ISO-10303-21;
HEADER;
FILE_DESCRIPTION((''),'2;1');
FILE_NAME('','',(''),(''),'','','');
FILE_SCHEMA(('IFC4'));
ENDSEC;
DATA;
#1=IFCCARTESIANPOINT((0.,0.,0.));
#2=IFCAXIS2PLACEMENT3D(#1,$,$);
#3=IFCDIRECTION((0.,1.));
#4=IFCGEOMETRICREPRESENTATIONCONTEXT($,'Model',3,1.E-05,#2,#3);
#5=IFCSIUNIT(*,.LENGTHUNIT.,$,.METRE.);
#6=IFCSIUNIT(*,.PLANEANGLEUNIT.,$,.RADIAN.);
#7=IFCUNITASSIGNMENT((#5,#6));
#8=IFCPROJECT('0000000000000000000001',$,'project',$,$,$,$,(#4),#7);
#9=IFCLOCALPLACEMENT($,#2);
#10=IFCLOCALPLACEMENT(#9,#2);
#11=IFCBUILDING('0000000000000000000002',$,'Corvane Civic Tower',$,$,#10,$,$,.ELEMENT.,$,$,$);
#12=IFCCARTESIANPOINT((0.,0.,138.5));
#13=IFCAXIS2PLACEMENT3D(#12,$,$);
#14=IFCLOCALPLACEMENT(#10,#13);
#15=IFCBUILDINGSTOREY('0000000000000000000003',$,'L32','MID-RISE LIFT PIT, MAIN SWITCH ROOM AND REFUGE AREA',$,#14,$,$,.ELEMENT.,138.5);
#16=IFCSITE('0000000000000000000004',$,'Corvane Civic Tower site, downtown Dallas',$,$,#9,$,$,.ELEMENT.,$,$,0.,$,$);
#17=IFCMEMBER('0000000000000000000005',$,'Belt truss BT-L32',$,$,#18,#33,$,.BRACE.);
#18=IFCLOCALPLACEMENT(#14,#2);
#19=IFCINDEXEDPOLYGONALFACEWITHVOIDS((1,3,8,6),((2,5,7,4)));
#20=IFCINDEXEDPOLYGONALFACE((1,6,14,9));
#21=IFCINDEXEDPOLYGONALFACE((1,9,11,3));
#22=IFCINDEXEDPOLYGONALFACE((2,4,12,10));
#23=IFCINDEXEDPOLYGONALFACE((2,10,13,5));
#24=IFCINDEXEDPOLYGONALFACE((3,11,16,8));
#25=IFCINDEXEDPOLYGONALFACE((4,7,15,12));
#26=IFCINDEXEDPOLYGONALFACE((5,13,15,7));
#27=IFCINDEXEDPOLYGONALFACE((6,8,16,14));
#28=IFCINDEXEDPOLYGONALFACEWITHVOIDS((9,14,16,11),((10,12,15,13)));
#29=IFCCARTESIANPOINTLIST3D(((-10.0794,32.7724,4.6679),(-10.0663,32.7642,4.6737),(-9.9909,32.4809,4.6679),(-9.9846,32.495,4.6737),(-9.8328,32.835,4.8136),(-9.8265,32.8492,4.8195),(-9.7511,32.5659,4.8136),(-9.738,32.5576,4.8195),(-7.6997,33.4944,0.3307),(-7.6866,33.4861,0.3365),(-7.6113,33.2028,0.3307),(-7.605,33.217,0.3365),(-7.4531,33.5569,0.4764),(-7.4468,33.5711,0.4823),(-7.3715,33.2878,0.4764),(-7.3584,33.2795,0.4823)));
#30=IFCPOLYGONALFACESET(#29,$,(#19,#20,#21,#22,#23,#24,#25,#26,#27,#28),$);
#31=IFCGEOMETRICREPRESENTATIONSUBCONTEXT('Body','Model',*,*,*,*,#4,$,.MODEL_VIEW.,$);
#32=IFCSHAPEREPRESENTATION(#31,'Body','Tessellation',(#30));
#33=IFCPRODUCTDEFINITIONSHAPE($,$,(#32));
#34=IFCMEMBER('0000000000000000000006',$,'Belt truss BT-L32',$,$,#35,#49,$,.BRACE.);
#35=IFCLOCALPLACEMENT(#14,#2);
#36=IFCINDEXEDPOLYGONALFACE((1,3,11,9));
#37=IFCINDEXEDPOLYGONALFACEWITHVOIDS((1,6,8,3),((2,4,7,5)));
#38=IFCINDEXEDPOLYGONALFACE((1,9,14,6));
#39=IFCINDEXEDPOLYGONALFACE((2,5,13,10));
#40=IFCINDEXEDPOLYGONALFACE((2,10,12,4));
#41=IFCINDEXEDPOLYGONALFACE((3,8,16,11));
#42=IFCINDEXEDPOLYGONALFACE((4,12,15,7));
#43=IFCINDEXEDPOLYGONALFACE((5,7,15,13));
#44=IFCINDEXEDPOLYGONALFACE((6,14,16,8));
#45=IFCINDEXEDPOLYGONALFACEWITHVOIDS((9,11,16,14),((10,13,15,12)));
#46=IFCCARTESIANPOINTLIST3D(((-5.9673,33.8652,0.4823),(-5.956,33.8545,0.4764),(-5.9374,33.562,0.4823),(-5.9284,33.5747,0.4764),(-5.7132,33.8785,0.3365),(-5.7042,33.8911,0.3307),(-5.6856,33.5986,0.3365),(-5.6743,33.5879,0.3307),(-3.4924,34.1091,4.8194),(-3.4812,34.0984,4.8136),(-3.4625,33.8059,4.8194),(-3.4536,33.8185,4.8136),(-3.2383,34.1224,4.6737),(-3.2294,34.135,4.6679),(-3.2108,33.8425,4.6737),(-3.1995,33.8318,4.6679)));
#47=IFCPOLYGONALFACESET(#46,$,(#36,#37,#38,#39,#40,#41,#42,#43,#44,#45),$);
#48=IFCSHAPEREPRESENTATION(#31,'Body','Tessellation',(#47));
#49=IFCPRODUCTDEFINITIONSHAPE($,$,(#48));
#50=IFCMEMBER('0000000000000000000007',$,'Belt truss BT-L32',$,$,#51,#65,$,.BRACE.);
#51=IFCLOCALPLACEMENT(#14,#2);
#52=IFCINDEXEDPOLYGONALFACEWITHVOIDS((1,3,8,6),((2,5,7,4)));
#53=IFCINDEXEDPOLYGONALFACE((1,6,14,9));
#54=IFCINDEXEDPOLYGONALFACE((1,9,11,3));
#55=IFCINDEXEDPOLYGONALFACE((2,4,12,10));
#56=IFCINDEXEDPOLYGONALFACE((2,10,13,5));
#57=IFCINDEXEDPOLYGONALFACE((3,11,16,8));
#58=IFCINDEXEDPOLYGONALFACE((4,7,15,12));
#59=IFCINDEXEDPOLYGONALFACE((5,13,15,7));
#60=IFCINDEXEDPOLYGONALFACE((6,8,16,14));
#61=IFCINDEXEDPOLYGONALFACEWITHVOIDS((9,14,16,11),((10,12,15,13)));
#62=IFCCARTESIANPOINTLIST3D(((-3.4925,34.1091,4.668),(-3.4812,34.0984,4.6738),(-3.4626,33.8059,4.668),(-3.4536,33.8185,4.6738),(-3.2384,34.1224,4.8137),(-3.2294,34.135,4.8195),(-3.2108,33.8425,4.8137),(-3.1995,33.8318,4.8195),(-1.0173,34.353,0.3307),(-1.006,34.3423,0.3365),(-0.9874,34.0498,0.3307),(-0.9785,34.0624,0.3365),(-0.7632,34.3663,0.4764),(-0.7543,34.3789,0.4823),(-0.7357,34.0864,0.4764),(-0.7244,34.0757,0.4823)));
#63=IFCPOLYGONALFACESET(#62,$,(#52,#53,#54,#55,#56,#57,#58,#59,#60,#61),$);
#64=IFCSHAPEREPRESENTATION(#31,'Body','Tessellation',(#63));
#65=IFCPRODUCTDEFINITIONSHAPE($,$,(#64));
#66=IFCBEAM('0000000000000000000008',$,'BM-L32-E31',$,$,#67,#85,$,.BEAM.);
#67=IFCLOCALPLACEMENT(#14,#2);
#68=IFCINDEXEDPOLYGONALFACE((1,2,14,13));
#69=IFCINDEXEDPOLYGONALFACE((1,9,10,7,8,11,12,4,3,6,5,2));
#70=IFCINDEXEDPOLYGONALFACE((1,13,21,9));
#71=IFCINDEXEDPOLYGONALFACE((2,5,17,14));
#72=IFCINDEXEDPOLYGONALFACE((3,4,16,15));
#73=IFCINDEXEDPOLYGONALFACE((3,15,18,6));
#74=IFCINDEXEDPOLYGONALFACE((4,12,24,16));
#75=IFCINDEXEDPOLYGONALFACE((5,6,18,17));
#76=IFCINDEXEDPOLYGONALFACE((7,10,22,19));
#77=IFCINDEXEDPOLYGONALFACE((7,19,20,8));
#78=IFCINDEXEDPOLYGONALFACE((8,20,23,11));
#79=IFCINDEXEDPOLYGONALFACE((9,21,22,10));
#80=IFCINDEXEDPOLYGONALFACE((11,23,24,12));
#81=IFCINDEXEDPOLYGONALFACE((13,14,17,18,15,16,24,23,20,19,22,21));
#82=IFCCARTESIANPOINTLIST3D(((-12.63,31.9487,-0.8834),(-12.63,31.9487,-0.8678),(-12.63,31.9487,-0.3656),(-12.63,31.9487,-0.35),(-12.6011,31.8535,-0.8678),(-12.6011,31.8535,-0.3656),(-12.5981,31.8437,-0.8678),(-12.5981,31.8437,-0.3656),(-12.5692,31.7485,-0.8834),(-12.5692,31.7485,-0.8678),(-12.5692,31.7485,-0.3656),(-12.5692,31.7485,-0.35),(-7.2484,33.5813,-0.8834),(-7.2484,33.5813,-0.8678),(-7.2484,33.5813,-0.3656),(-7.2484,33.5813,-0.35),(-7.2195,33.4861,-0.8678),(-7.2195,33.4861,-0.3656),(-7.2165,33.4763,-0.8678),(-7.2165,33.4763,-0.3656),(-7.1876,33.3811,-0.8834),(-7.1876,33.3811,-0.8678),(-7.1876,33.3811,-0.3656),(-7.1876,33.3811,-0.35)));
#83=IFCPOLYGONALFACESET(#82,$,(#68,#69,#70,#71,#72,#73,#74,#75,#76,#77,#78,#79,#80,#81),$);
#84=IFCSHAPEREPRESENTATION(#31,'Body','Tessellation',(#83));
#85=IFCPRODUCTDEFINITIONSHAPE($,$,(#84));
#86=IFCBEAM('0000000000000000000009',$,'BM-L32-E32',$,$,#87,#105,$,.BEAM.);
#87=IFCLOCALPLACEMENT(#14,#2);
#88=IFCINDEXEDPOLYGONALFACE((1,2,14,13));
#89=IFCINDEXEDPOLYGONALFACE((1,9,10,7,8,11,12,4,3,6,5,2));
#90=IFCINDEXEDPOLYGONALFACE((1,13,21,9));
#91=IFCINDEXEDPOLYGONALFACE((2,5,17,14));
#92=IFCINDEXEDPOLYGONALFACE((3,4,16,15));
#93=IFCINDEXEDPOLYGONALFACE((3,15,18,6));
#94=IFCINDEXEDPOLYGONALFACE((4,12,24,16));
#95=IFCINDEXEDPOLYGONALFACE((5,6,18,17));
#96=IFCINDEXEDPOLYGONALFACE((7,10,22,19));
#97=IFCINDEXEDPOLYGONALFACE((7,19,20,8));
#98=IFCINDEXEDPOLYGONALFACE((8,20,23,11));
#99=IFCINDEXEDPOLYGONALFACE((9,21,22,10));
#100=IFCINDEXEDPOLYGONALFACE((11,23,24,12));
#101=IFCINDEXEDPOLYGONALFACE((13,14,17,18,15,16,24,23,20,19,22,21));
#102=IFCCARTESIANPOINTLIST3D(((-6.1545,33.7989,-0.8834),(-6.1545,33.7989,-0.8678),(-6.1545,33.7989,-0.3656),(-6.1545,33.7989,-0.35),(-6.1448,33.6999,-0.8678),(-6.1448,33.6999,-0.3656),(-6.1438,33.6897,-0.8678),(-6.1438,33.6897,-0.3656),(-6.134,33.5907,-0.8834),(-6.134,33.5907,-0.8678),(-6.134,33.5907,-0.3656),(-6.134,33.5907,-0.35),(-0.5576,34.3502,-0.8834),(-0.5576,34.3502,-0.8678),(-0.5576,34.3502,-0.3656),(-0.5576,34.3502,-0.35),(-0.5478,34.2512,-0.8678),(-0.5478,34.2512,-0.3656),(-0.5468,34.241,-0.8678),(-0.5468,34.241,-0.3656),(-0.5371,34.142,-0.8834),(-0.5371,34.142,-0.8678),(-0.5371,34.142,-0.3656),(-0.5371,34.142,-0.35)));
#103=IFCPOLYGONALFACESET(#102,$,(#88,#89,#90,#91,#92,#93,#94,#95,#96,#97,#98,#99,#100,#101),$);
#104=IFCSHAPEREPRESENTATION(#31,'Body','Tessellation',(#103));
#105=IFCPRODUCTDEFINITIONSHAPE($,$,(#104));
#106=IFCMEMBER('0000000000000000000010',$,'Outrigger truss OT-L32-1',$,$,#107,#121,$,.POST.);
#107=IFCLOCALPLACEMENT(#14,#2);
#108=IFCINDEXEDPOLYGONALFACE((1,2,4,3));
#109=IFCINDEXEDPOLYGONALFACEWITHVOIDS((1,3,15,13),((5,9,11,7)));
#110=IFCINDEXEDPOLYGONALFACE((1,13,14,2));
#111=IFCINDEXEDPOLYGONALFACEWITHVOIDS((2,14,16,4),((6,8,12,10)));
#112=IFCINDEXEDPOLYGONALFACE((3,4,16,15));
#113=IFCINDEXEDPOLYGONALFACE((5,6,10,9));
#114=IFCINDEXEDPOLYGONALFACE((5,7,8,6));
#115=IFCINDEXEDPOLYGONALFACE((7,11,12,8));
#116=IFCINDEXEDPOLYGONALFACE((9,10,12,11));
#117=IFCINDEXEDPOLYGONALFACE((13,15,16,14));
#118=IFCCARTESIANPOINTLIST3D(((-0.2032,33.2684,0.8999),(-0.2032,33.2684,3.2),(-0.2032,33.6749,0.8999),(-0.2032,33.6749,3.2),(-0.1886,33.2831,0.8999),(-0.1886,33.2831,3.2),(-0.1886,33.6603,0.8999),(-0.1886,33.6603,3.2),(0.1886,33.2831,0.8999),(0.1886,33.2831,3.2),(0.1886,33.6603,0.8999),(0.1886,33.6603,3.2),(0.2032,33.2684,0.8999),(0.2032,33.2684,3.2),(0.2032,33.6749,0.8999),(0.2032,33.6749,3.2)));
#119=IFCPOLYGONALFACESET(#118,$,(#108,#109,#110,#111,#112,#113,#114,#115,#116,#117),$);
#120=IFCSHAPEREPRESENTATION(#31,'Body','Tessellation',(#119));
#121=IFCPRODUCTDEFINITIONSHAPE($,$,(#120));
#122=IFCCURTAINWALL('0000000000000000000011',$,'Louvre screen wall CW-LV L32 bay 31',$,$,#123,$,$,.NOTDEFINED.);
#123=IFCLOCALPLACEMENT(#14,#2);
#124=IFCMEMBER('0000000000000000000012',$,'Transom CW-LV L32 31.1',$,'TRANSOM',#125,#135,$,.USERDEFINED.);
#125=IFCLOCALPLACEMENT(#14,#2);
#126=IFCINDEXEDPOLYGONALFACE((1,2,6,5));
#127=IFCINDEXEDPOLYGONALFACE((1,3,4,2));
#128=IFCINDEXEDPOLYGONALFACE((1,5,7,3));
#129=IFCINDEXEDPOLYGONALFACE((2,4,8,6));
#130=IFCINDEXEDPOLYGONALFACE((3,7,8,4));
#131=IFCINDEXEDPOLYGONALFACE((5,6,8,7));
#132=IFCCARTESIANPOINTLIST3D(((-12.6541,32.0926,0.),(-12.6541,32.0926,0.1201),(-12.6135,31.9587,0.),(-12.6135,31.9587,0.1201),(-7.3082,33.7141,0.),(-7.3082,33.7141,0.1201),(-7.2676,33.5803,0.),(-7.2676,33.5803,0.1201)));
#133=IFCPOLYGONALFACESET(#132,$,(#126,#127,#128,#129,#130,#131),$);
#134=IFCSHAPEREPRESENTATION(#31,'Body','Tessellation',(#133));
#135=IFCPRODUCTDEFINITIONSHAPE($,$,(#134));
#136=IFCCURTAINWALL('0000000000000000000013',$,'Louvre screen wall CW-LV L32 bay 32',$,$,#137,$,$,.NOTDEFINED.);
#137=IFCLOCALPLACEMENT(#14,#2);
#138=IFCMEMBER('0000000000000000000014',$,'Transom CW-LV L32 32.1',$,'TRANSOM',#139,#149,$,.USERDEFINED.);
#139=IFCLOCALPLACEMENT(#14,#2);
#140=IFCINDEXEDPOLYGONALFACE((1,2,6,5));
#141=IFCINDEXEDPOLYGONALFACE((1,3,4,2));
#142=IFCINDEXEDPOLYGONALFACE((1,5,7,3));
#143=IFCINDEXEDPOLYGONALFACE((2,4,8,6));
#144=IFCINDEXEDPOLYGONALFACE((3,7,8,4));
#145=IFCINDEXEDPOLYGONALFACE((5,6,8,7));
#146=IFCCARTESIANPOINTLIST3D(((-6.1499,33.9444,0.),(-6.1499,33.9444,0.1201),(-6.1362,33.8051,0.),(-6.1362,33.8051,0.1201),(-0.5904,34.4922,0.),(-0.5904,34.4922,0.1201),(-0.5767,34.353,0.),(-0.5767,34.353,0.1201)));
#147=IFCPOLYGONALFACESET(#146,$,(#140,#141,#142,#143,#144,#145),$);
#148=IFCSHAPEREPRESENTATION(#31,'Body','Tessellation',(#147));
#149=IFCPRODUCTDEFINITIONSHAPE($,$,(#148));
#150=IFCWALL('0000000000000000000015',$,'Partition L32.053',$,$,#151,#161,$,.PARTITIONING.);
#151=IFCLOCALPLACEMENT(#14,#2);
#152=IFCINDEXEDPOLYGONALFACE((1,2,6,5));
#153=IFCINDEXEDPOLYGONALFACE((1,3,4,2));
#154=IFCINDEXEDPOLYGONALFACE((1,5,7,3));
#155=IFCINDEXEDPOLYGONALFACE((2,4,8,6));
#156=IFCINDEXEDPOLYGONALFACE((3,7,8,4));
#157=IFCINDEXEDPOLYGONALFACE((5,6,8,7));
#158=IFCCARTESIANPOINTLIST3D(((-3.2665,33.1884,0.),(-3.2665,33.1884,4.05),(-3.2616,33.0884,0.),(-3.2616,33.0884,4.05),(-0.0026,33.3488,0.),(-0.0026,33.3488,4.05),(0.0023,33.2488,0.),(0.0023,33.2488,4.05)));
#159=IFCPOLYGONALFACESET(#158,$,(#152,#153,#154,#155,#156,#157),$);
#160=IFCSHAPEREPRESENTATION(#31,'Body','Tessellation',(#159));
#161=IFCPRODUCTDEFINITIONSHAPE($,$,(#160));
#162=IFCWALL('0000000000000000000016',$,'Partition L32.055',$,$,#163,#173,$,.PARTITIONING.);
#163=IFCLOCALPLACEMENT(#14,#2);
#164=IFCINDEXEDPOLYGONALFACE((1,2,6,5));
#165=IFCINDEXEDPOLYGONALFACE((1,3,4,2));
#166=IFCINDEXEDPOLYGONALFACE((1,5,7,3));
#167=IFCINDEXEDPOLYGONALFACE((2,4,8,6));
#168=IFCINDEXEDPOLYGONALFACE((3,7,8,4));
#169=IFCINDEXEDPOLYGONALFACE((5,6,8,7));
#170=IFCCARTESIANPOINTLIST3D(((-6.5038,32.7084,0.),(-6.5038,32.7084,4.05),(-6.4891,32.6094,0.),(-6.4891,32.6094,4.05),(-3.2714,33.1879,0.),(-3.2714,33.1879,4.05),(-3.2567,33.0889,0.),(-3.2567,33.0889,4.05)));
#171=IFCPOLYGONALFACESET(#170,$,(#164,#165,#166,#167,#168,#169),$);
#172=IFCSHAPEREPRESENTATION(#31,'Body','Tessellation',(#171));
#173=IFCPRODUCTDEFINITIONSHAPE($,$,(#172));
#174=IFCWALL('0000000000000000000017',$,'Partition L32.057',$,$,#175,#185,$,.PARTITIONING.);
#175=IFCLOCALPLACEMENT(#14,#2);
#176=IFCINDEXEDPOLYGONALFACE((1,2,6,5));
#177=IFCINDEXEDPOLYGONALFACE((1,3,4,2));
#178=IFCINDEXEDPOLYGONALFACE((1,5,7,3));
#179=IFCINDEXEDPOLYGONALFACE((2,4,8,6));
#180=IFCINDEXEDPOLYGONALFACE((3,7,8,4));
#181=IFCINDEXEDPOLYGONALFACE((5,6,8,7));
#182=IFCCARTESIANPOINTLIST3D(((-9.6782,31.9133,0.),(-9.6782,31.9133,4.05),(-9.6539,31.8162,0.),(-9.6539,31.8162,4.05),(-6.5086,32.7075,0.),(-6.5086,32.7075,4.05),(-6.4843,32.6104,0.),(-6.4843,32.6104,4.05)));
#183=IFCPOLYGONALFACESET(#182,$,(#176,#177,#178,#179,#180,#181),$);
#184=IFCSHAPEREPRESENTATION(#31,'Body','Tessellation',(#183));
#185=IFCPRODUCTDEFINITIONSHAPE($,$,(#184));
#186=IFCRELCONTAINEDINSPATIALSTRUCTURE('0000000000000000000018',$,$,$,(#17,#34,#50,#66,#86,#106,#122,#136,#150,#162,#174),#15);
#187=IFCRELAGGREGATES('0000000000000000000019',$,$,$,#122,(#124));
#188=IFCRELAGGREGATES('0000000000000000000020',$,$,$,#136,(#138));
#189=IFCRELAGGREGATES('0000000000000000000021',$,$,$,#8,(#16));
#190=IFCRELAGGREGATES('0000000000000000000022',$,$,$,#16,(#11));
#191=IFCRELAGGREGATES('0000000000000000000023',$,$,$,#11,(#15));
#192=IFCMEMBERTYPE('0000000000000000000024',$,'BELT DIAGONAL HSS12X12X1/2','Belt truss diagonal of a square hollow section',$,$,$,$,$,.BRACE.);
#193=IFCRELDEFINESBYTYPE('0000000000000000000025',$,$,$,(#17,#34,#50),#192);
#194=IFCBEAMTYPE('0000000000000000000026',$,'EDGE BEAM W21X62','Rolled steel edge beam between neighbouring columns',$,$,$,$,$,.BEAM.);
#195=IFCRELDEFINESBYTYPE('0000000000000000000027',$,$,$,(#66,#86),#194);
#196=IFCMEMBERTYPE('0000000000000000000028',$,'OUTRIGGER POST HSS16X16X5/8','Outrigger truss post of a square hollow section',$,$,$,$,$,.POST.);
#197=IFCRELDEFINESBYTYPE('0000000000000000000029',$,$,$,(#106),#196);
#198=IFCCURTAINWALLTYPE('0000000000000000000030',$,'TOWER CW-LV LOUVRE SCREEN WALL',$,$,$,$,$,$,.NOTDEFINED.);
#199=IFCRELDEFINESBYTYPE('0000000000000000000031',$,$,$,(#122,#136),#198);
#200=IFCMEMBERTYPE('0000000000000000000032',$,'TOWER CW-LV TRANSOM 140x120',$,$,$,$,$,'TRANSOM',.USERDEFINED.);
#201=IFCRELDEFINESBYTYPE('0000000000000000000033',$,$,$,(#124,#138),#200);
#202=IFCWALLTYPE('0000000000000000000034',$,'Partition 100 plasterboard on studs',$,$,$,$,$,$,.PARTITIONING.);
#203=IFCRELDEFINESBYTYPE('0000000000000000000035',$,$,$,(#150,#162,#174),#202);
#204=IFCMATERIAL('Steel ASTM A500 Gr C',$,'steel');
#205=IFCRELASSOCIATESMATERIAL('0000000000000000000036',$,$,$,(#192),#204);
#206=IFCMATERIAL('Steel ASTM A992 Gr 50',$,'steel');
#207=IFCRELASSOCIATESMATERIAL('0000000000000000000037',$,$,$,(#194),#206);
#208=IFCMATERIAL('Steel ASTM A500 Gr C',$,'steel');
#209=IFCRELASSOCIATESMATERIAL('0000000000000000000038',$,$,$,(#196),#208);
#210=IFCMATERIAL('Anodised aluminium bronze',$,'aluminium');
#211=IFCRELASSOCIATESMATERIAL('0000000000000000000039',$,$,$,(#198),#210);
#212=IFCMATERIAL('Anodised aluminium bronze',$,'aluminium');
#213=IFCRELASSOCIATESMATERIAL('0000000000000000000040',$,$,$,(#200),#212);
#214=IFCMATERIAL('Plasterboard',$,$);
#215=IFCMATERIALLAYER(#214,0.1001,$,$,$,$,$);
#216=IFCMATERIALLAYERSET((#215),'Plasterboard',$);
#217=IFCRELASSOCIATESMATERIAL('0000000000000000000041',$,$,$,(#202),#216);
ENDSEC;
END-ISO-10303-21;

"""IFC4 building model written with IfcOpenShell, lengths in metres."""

from ifc_helpers import new_model, si_unit, direction, frame, frame_2d, origin, origin_2d, place, context, subcontext, project, spatial, rectangle, hollow_rectangle, i_section, extrude, material, layer, layer_set, material_profile, profile_set, type_object, element, aggregate, save


model = new_model("IFC4")

# Units and contexts
model_context = context("Model", 3, precision=1e-05, world=origin(), true_north=direction((0.0, 1.0)))
body_context = subcontext(model_context, "Body", "Model", "MODEL_VIEW")
ifc_project = project(units=[si_unit("LENGTHUNIT", "METRE"), si_unit("PLANEANGLEUNIT", "RADIAN")], contexts=[model_context])

# Site, building, storey
site_placement = place(None, origin())
site = spatial("IfcSite", under=ifc_project, at=site_placement, Name="Corvane Civic Tower site, downtown Dallas", CompositionType="ELEMENT", RefElevation=0.0)
building_placement = place(site_placement, origin())
building = spatial("IfcBuilding", under=site, at=building_placement, Name="Corvane Civic Tower", CompositionType="ELEMENT")
storey_placement = place(building_placement, frame((0.0, 0.0, 138.5)))
storey = spatial("IfcBuildingStorey", under=building, at=storey_placement, Name="L32", Description="MID-RISE LIFT PIT, MAIN SWITCH ROOM AND REFUGE AREA", CompositionType="ELEMENT", Elevation=138.5)

# Members
ifc_material_1 = material(Name="Steel ASTM A500 Gr C", Category="steel")
ifc_material_profile_1 = material_profile(ifc_material_1, hollow_rectangle(XDim=0.3047, YDim=0.3047, WallThickness=0.0117, at=origin_2d()), Name="HSS12X12X1/2")
ifc_profile_set_1 = profile_set([ifc_material_profile_1], Name="Steel ASTM A500 Gr C")
member_type_1 = type_object("IfcMemberType", Name="BELT DIAGONAL HSS12X12X1/2", Description="Belt truss diagonal of a square hollow section", PredefinedType="BRACE", material=ifc_profile_set_1)
for number, where, z_axis, x_axis, name in (
    (1, (-7.5291, 33.387, 0.4065), (-0.475977, -0.1444, 0.867522), (0.29031, -0.956933, 0.0), "Belt truss BT-L32"),
    (2, (-5.8208, 33.7266, 0.4065), (0.495017, 0.048784, 0.867513), (-0.098075, 0.995179, 0.0), "Belt truss BT-L32"),
):
    element("IfcMember", number, at=place(storey_placement, frame(where, z_axis=z_axis, x_axis=x_axis)), inside=storey, type_object=member_type_1, Name=name, PredefinedType="BRACE", context=body_context, shape_type="SweptSolid", body=[
        extrude(hollow_rectangle(XDim=0.3047, YDim=0.3047, WallThickness=0.0117, at=origin_2d()), origin(), (0.0, 0.0, 1.0), 4.9995),
    ])
member_1_placement = place(storey_placement, frame((-0.8708, 34.2144, 0.4065), z_axis=(-0.495054, -0.048783, 0.867492), x_axis=(0.098065, -0.99518, 0.0)))
element("IfcMember", 3, at=member_1_placement, inside=storey, type_object=member_type_1, Name="Belt truss BT-L32", PredefinedType="BRACE", context=body_context, shape_type="SweptSolid", body=[
    extrude(hollow_rectangle(XDim=0.3047, YDim=0.3047, WallThickness=0.0117, at=origin_2d()), origin(), (0.0, 0.0, 1.0), 4.9998),
])

# Beams
ifc_material_2 = material(Name="Steel ASTM A992 Gr 50", Category="steel")
ifc_material_profile_2 = material_profile(ifc_material_2, i_section(OverallWidth=0.2092, OverallDepth=0.5334, WebThickness=0.0103, FlangeThickness=0.0156, at=origin_2d()), Name="W21X62")
ifc_profile_set_2 = profile_set([ifc_material_profile_2], Name="Steel ASTM A992 Gr 50")
beam_type = type_object("IfcBeamType", Name="EDGE BEAM W21X62", Description="Rolled steel edge beam between neighbouring columns", PredefinedType="BEAM", material=ifc_profile_set_2)
beam_1_placement = place(storey_placement, frame((-12.5996, 31.8486, -0.6167), z_axis=(0.956936, 0.290298, 0.0), x_axis=(-0.290298, 0.956936, 0.0)))
element("IfcBeam", 4, at=beam_1_placement, inside=storey, type_object=beam_type, Name="BM-L32-E31", PredefinedType="BEAM", context=body_context, shape_type="SweptSolid", body=[
    extrude(i_section(OverallWidth=0.2092, OverallDepth=0.5334, WebThickness=0.0103, FlangeThickness=0.0156, at=origin_2d()), origin(), (0.0, 0.0, 1.0), 5.6238),
])
beam_2_placement = place(storey_placement, frame((-6.1443, 33.6948, -0.6167), z_axis=(0.995184, 0.098021, 0.0), x_axis=(-0.098021, 0.995184, 0.0)))
element("IfcBeam", 5, at=beam_2_placement, inside=storey, type_object=beam_type, Name="BM-L32-E32", PredefinedType="BEAM", context=body_context, shape_type="SweptSolid", body=[
    extrude(i_section(OverallWidth=0.2092, OverallDepth=0.5334, WebThickness=0.0103, FlangeThickness=0.0156, at=origin_2d()), origin(), (0.0, 0.0, 1.0), 5.624),
])

# Member
ifc_material_3 = material(Name="Steel ASTM A500 Gr C", Category="steel")
ifc_material_profile_3 = material_profile(ifc_material_3, hollow_rectangle(XDim=0.4065, YDim=0.4065, WallThickness=0.0146, at=origin_2d()), Name="HSS16X16X5/8")
ifc_profile_set_3 = profile_set([ifc_material_profile_3], Name="Steel ASTM A500 Gr C")
member_type_2 = type_object("IfcMemberType", Name="OUTRIGGER POST HSS16X16X5/8", Description="Outrigger truss post of a square hollow section", PredefinedType="POST", material=ifc_profile_set_3)
member_2_placement = place(storey_placement, frame((0.0, 33.4717, 0.8999), z_axis=(0.0, 0.0, 1.0), x_axis=(1.0, 0.0, 0.0)))
element("IfcMember", 6, at=member_2_placement, inside=storey, type_object=member_type_2, Name="Outrigger truss OT-L32-1", PredefinedType="POST", context=body_context, shape_type="SweptSolid", body=[
    extrude(hollow_rectangle(XDim=0.4065, YDim=0.4065, WallThickness=0.0146, at=origin_2d()), origin(), (0.0, 0.0, 1.0), 2.3),
])

# Curtain walls, members
ifc_material_4 = material(Name="Anodised aluminium bronze", Category="aluminium")
curtain_wall_type = type_object("IfcCurtainWallType", Name="TOWER CW-LV LOUVRE SCREEN WALL", PredefinedType="NOTDEFINED", material=ifc_material_4)
curtain_wall_1_placement = place(storey_placement, origin())
curtain_wall_1 = element("IfcCurtainWall", 7, at=curtain_wall_1_placement, inside=storey, type_object=curtain_wall_type, Name="Louvre screen wall CW-LV L32 bay 31", PredefinedType="NOTDEFINED")
ifc_material_5 = material(Name="Anodised aluminium bronze", Category="aluminium")
ifc_material_profile_4 = material_profile(ifc_material_5, rectangle(XDim=0.1399, YDim=0.1201, at=origin_2d()), Name="TOWER CW-LV TRANSOM 140x120")
ifc_profile_set_4 = profile_set([ifc_material_profile_4], Name="Anodised aluminium bronze")
member_type_3 = type_object("IfcMemberType", Name="TOWER CW-LV TRANSOM 140x120", ElementType="TRANSOM", PredefinedType="USERDEFINED", material=ifc_profile_set_4)
member_3_placement = place(storey_placement, frame((-12.6338, 32.0256, 0.0601), z_axis=(0.956945, 0.290269, 0.0), x_axis=(-0.290269, 0.956945, 0.0)))
member_3 = element("IfcMember", 8, at=member_3_placement, type_object=member_type_3, Name="Transom CW-LV L32 31.1", ObjectType="TRANSOM", PredefinedType="USERDEFINED", context=body_context, shape_type="SweptSolid", body=[
    extrude(rectangle(XDim=0.1399, YDim=0.1201, at=origin_2d()), origin(), (0.0, 0.0, 1.0), 5.5864),
])
curtain_wall_2_placement = place(storey_placement, origin())
curtain_wall_2 = element("IfcCurtainWall", 9, at=curtain_wall_2_placement, inside=storey, type_object=curtain_wall_type, Name="Louvre screen wall CW-LV L32 bay 32", PredefinedType="NOTDEFINED")
member_4_placement = place(storey_placement, frame((-6.1431, 33.8748, 0.0601), z_axis=(0.99518, 0.098067, 0.0), x_axis=(-0.098067, 0.99518, 0.0)))
member_4 = element("IfcMember", 10, at=member_4_placement, type_object=member_type_3, Name="Transom CW-LV L32 32.1", ObjectType="TRANSOM", PredefinedType="USERDEFINED", context=body_context, shape_type="SweptSolid", body=[
    extrude(rectangle(XDim=0.1399, YDim=0.1201, at=origin_2d()), origin(), (0.0, 0.0, 1.0), 5.5864),
])

# Walls
ifc_material_6 = material(Name="Plasterboard")
ifc_layer = layer(ifc_material_6, 0.1001)
ifc_layer_set = layer_set([ifc_layer], Name="Plasterboard")
wall_type = type_object("IfcWallType", Name="Partition 100 plasterboard on studs", PredefinedType="PARTITIONING", material=ifc_layer_set)
for number, where, z_axis, x_axis, name in (
    (11, (-3.2639, 33.1384, 0.0), (0.0, 0.0, 1.0), (0.998795, 0.049084, 0.0), "Partition L32.053"),
    (12, (-6.4963, 32.6589, 0.0), (0.0, 0.0, 1.0), (0.989176, 0.146733, 0.0), "Partition L32.055"),
):
    element("IfcWall", number, at=place(storey_placement, frame(where, z_axis=z_axis, x_axis=x_axis)), inside=storey, type_object=wall_type, Name=name, PredefinedType="PARTITIONING", context=body_context, shape_type="SweptSolid", body=[
        extrude(rectangle(XDim=3.2678, YDim=0.1001, at=frame_2d((1.6338, 0.0))), origin(), (0.0, 0.0, 1.0), 4.05),
    ])
wall_placement = place(storey_placement, frame((-9.666, 31.8647, 0.0), z_axis=(0.0, 0.0, 1.0), x_axis=(0.970015, 0.243045, 0.0)))
element("IfcWall", 13, at=wall_placement, inside=storey, type_object=wall_type, Name="Partition L32.057", PredefinedType="PARTITIONING", context=body_context, shape_type="SweptSolid", body=[
    extrude(rectangle(XDim=3.2676, YDim=0.1001, at=frame_2d((1.6338, 0.0))), origin(), (0.0, 0.0, 1.0), 4.05),
])

aggregate(curtain_wall_1, [member_3])
aggregate(curtain_wall_2, [member_4])

save(model, "model.ifc")
